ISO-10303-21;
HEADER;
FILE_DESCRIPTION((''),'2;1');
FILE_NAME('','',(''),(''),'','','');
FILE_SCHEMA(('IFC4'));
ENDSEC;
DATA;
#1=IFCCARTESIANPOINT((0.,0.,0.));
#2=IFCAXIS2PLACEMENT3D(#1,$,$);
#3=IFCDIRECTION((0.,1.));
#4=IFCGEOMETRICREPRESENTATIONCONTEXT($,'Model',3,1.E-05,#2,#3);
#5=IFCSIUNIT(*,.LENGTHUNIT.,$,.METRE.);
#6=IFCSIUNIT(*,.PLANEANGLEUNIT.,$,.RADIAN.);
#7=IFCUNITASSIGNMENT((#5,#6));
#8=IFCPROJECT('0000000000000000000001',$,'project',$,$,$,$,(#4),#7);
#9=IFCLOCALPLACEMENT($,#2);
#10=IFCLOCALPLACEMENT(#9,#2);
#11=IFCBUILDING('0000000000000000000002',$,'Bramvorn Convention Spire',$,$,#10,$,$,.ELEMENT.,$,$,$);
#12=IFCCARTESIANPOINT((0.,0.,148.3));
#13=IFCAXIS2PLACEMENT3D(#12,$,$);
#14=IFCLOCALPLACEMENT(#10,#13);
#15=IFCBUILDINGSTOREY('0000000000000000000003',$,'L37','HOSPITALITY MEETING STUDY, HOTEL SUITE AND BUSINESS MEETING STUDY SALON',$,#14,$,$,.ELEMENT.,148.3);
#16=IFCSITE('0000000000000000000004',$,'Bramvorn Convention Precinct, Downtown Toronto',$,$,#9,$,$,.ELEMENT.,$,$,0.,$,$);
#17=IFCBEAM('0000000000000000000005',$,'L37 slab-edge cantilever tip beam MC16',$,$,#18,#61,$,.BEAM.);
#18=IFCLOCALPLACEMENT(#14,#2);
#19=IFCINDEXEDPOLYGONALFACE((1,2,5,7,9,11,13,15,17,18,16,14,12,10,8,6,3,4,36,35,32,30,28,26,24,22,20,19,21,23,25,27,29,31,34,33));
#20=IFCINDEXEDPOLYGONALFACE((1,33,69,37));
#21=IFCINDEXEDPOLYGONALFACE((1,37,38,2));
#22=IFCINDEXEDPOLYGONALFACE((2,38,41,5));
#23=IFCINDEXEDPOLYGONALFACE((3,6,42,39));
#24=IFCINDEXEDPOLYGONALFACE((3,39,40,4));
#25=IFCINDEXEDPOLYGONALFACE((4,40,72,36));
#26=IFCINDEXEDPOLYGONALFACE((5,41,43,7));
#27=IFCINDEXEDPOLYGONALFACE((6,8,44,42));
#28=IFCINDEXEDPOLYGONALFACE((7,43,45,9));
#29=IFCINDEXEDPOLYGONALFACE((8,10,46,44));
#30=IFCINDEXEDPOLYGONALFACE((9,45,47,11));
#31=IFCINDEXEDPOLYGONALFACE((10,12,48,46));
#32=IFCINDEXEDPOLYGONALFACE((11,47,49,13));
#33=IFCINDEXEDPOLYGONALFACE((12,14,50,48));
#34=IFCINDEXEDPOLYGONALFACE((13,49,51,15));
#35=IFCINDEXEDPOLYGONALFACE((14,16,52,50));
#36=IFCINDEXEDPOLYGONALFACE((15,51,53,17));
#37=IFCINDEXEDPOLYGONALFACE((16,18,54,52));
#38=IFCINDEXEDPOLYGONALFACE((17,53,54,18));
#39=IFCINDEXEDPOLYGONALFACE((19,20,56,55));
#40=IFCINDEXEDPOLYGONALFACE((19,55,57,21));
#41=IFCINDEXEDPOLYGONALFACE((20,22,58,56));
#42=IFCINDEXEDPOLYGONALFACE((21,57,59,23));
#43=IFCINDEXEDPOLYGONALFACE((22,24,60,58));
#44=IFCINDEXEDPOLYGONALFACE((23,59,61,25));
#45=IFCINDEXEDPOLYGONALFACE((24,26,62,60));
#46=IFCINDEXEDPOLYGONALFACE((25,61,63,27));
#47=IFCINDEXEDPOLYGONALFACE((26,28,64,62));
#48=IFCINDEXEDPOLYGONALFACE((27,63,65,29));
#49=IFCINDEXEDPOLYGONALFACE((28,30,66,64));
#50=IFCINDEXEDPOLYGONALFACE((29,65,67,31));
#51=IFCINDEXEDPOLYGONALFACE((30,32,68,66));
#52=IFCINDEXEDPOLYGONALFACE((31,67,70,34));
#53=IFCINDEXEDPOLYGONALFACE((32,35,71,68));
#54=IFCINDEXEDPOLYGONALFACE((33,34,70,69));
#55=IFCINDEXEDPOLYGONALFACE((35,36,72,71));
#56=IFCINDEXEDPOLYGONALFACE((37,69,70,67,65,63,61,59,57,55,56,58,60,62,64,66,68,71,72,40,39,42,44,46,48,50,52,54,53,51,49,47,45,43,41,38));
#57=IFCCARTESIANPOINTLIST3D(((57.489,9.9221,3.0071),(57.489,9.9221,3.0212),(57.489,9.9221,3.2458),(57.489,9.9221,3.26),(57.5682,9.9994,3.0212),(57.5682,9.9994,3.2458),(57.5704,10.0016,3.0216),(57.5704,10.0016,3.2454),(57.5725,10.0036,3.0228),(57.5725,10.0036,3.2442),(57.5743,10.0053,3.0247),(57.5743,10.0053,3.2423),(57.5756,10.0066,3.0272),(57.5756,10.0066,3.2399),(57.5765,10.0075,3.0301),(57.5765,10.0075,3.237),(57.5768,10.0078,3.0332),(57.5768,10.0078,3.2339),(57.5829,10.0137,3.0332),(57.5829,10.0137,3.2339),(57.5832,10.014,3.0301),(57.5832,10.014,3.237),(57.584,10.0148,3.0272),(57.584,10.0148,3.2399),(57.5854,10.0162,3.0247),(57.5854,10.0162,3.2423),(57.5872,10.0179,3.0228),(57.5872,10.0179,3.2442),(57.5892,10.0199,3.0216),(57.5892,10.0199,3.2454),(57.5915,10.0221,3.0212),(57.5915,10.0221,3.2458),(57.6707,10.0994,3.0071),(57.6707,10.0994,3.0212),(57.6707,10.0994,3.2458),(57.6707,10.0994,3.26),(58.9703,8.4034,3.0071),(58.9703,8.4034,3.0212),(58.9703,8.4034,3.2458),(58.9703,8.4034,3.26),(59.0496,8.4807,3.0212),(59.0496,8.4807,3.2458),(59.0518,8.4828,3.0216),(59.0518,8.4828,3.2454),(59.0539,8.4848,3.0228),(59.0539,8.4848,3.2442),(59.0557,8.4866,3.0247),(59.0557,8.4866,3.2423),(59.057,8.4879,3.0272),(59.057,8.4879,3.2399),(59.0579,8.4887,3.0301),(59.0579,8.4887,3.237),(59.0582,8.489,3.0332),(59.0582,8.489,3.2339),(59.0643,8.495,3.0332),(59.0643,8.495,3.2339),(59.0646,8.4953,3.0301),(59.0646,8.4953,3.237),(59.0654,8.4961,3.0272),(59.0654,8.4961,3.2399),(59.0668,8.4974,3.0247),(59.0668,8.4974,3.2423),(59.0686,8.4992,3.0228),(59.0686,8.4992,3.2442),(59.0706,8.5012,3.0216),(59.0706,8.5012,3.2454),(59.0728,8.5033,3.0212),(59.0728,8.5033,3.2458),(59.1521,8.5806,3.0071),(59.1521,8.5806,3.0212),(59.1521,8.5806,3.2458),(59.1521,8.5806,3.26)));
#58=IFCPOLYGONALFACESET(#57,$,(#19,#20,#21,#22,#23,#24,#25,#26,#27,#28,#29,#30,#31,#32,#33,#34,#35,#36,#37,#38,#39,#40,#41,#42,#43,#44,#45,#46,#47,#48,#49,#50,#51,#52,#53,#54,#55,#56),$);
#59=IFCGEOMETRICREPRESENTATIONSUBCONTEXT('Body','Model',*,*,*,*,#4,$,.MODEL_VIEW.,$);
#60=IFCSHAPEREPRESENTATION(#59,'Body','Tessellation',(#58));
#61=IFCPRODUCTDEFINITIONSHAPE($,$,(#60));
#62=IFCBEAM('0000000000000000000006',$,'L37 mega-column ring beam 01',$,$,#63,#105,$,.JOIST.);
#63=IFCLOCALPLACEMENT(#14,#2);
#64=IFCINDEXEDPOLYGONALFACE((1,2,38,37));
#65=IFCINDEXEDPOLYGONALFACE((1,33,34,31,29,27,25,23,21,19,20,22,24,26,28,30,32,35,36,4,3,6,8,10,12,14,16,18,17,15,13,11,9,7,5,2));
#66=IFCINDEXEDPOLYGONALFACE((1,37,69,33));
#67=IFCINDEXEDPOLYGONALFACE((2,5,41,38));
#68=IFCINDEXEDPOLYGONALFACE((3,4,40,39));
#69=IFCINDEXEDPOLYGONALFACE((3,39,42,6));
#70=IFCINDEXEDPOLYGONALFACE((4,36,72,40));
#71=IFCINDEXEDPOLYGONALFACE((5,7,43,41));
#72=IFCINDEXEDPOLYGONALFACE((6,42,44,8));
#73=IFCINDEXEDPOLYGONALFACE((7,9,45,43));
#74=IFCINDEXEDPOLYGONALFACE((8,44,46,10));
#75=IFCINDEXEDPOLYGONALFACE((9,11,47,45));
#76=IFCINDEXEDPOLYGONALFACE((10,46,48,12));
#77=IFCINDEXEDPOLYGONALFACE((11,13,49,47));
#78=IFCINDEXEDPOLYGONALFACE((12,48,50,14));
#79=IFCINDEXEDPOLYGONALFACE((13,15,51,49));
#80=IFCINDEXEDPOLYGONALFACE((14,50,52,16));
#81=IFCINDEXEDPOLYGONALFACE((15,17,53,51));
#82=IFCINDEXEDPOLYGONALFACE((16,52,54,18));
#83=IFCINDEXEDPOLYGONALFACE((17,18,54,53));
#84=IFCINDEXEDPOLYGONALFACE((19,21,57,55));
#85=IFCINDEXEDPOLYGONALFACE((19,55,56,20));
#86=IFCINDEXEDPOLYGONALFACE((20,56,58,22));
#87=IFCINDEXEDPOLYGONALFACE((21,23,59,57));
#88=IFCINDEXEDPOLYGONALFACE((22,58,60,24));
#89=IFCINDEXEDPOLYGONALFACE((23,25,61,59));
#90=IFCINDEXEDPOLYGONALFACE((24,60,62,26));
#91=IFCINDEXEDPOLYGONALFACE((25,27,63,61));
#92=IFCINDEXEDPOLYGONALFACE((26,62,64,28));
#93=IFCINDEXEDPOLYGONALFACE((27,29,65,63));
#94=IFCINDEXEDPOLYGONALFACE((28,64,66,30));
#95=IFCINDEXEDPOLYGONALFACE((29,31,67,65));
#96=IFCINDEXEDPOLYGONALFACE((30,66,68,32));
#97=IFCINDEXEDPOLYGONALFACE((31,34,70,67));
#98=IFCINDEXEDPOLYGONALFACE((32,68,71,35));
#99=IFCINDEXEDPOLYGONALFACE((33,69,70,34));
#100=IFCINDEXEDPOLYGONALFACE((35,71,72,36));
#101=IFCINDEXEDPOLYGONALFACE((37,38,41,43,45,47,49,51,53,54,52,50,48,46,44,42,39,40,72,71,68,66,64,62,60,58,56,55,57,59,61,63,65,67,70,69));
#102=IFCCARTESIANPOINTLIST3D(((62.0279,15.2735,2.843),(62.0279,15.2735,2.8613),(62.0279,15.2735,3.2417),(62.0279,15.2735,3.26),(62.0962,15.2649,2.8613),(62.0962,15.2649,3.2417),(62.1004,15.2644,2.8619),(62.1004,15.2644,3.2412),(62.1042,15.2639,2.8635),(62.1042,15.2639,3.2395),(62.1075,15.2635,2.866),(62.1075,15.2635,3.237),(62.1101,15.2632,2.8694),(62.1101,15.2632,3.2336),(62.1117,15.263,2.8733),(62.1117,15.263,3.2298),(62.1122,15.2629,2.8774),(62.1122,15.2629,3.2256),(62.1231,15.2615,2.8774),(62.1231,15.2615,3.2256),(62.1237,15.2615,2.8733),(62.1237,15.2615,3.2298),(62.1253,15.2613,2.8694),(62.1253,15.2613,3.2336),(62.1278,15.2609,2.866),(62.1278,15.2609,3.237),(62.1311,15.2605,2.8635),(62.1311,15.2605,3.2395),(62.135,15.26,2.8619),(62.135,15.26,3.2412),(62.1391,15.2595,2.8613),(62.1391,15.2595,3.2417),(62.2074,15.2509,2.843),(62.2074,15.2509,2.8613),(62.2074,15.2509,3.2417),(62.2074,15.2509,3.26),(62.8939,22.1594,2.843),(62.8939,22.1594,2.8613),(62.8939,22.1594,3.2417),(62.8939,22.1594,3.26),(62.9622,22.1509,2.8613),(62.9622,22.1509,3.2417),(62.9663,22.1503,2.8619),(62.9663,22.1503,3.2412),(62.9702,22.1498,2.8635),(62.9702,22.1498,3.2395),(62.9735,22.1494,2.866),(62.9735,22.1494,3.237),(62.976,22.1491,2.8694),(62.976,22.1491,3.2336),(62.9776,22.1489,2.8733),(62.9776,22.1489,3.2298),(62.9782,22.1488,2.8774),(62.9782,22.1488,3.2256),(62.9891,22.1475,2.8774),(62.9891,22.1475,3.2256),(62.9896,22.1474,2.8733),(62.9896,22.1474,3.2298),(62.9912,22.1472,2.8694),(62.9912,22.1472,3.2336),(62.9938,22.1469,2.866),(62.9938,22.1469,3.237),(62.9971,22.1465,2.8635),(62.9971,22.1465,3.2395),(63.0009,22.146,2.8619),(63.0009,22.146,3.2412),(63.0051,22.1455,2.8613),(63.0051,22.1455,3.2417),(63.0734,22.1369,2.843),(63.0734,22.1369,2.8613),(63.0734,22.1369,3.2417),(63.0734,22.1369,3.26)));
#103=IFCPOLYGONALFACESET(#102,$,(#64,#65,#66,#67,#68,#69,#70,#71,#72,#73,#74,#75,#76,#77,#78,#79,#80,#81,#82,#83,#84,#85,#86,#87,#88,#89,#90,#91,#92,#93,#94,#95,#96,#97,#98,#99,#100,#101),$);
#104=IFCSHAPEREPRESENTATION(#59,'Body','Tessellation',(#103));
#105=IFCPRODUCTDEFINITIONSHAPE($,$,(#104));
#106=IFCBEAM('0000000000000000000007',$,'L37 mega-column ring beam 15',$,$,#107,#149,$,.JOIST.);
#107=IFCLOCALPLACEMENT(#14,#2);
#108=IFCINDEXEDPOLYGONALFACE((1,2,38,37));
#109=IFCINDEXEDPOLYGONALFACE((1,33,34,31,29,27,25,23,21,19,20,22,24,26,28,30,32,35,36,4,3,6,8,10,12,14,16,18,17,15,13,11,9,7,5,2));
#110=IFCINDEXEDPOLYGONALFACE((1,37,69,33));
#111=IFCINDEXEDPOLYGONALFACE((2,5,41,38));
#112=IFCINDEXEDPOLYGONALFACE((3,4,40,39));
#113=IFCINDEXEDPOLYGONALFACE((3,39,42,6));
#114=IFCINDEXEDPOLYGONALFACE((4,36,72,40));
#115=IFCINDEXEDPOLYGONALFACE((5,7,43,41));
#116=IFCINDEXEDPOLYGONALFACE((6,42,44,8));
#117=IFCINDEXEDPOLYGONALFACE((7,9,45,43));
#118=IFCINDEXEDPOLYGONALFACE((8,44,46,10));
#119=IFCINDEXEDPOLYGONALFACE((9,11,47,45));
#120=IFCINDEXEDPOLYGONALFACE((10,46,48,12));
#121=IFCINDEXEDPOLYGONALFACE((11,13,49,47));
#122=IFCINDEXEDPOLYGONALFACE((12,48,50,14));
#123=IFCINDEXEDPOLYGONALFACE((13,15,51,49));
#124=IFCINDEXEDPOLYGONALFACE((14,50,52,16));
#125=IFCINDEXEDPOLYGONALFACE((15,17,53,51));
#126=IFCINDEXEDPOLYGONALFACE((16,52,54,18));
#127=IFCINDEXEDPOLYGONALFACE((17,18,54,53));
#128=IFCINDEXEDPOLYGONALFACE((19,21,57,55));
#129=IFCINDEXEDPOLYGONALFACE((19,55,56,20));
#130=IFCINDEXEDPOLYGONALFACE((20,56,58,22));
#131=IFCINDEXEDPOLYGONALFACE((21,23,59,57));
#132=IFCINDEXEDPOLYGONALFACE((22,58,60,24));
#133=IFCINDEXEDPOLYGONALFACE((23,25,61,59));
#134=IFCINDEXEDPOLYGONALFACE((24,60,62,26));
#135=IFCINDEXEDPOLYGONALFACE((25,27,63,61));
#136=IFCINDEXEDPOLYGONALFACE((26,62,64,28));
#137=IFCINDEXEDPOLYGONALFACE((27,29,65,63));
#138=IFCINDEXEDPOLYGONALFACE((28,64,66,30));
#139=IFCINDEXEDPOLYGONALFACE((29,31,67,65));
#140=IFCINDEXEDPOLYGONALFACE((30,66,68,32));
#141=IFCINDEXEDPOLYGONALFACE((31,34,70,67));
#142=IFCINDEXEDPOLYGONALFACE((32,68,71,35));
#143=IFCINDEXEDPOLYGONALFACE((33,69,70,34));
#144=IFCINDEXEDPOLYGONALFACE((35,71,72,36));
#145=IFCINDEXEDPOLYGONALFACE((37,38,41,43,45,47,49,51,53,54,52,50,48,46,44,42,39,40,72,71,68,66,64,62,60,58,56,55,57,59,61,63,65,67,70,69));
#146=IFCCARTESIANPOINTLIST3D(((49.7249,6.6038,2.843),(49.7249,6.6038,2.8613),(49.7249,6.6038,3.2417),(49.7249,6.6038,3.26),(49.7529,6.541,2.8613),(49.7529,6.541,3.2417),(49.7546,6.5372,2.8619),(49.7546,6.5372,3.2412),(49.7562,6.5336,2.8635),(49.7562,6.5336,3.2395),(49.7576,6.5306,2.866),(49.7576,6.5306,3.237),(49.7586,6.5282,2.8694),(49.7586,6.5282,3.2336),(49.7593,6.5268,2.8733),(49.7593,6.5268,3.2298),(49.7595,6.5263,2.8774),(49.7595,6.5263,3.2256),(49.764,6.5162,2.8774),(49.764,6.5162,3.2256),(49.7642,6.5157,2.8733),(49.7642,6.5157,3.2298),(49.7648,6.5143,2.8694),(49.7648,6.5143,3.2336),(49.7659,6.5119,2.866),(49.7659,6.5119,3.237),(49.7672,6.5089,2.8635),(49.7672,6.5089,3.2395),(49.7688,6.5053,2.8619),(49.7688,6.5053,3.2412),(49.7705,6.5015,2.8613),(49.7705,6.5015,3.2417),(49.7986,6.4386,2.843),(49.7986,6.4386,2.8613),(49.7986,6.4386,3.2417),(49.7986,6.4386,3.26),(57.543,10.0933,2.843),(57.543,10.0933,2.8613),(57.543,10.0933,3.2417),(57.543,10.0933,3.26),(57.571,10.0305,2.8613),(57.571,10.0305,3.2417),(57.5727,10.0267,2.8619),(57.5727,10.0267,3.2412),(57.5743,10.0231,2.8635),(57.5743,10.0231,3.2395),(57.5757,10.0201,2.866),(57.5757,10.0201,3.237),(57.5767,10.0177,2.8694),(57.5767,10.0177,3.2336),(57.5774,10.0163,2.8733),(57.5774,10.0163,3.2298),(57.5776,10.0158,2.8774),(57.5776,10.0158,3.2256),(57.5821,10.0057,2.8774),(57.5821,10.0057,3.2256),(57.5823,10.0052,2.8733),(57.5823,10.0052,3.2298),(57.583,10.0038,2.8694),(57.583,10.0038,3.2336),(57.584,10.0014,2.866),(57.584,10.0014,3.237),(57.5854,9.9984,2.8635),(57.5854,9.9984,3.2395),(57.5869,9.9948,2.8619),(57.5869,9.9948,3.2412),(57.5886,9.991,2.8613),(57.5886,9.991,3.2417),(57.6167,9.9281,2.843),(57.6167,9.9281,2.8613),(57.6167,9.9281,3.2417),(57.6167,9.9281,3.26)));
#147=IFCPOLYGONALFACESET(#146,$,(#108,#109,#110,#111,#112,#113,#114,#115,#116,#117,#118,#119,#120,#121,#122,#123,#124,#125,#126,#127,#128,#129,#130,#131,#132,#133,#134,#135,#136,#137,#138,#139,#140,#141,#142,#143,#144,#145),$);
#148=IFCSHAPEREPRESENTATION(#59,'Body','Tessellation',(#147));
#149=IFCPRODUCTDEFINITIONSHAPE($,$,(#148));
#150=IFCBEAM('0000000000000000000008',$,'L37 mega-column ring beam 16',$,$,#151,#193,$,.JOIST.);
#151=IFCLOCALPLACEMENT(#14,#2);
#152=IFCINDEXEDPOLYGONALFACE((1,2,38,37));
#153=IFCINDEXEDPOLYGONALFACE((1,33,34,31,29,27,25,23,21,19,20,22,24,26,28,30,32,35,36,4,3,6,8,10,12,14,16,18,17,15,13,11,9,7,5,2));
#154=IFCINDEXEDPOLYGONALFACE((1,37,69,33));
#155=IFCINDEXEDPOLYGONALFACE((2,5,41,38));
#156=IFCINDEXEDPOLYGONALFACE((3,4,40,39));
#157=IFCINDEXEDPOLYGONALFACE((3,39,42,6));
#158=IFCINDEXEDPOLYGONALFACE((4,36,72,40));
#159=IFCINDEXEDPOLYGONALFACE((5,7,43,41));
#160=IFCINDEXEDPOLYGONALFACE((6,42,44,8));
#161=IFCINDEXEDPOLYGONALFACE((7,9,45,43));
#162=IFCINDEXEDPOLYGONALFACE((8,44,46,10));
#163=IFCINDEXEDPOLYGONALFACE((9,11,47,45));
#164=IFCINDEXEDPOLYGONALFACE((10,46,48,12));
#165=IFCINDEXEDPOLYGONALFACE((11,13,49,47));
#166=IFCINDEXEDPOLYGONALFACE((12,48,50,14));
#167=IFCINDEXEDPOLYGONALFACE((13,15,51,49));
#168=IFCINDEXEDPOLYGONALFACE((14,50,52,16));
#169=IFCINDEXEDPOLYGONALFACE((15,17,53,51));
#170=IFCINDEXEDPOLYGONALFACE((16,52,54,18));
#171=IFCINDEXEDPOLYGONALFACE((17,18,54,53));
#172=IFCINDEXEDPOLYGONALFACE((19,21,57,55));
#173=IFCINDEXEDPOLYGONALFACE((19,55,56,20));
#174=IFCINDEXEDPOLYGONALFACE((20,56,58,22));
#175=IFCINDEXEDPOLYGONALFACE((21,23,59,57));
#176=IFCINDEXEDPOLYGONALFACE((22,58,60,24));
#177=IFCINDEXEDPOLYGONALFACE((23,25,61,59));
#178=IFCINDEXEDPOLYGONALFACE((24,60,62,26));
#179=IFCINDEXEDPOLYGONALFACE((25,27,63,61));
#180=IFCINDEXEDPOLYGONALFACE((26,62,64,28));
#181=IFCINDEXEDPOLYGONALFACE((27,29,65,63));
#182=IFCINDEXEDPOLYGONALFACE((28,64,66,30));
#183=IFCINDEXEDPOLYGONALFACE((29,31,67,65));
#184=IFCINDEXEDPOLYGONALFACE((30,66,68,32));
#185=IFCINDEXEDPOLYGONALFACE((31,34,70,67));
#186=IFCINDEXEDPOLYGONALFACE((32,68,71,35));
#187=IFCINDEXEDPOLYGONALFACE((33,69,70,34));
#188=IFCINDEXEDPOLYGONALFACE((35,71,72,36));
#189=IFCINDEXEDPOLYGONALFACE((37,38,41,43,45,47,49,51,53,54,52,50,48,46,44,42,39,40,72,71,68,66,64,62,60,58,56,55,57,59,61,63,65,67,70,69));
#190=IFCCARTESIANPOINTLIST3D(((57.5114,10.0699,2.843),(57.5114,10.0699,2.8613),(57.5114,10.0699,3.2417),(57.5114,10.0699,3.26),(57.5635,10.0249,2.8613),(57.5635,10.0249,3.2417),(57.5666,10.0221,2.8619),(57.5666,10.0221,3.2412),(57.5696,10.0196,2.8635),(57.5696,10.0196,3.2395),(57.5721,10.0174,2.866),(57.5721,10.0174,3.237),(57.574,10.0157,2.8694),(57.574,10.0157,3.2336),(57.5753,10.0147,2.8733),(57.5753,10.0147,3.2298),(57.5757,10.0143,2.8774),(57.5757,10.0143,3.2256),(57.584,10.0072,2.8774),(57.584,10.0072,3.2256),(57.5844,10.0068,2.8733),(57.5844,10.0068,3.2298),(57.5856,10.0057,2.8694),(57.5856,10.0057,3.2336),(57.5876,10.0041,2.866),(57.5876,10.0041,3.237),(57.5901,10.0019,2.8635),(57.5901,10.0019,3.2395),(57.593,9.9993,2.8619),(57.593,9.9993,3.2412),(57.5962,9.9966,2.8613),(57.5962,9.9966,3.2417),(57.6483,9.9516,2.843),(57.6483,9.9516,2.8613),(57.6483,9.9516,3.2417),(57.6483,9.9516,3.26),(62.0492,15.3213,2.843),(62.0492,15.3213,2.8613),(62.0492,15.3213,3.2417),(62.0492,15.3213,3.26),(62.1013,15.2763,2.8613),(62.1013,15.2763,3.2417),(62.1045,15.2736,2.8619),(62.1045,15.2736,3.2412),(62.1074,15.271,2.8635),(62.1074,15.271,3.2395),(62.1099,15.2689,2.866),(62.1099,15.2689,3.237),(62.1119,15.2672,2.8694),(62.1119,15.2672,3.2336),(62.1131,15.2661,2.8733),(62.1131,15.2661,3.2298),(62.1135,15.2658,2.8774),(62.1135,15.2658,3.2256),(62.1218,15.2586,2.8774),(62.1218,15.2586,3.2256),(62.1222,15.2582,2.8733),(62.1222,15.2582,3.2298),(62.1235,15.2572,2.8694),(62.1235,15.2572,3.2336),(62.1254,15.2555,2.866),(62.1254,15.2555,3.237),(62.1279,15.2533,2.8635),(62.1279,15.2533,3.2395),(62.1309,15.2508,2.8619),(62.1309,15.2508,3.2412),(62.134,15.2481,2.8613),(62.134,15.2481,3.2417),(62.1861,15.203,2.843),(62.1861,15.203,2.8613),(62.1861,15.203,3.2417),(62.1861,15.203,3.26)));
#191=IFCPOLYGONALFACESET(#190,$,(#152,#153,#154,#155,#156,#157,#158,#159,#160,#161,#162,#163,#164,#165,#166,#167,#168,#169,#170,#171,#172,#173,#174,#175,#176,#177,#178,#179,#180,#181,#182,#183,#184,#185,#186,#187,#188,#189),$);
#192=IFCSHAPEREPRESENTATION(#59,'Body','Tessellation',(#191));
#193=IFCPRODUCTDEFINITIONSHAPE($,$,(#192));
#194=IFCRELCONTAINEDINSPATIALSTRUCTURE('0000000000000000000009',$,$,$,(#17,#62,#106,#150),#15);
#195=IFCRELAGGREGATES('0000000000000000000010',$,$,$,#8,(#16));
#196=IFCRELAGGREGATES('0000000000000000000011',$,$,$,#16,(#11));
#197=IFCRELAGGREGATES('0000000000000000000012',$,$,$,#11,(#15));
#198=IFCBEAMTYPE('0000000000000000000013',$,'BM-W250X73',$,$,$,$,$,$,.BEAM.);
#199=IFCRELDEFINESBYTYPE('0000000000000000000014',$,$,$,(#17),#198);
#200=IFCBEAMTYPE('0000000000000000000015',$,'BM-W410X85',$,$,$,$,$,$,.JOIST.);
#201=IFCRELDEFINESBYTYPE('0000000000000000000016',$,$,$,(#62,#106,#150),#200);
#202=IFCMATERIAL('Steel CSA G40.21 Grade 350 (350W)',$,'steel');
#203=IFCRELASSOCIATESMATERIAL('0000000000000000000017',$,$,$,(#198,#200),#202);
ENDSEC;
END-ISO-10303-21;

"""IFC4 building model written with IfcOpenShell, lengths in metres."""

from ifc_helpers import new_model, si_unit, direction, frame, origin, origin_2d, place, context, subcontext, project, spatial, i_section, extrude, material, material_profile, profile_set, type_object, element, save


model = new_model("IFC4")

# Units and contexts
model_context = context("Model", 3, precision=1e-05, world=origin(), true_north=direction((0.0, 1.0)))
body_context = subcontext(model_context, "Body", "Model", "MODEL_VIEW")
ifc_project = project(units=[si_unit("LENGTHUNIT", "METRE"), si_unit("PLANEANGLEUNIT", "RADIAN")], contexts=[model_context])

# Site, building, storey
site_placement = place(None, origin())
site = spatial("IfcSite", under=ifc_project, at=site_placement, Name="Bramvorn Convention Precinct, Downtown Toronto", CompositionType="ELEMENT", RefElevation=0.0)
building_placement = place(site_placement, origin())
building = spatial("IfcBuilding", under=site, at=building_placement, Name="Bramvorn Convention Spire", CompositionType="ELEMENT")
storey_placement = place(building_placement, frame((0.0, 0.0, 148.3)))
storey = spatial("IfcBuildingStorey", under=building, at=storey_placement, Name="L37", Description="HOSPITALITY MEETING STUDY, HOTEL SUITE AND BUSINESS MEETING STUDY SALON", CompositionType="ELEMENT", Elevation=148.3)

# Shared definitions
ifc_material_1 = material(Name="Steel CSA G40.21 Grade 350 (350W)", Category="steel")

# Beams
ifc_material_profile_1 = material_profile(ifc_material_1, i_section(OverallWidth=0.2539, OverallDepth=0.2529, WebThickness=0.0085, FlangeThickness=0.0142, FilletRadius=0.012, at=origin_2d()))
ifc_profile_set_1 = profile_set([ifc_material_profile_1], Name="Steel CSA G40.21 Grade 350 (350W) - W250X73")
beam_type_1 = type_object("IfcBeamType", Name="BM-W250X73", PredefinedType="BEAM", material=ifc_profile_set_1)
beam_1_placement = place(storey_placement, frame((57.5798, 10.0107, 3.1335), z_axis=(0.698249, -0.715855, 0.0), x_axis=(0.715855, 0.698249, 0.0)))
element("IfcBeam", 1, at=beam_1_placement, inside=storey, type_object=beam_type_1, Name="L37 slab-edge cantilever tip beam MC16", PredefinedType="BEAM", context=body_context, shape_type="SweptSolid", body=[
    extrude(i_section(OverallWidth=0.2539, OverallDepth=0.2529, WebThickness=0.0085, FlangeThickness=0.0142, FilletRadius=0.012, at=origin_2d()), origin(), (0.0, 0.0, 1.0), 2.1216),
])
ifc_material_profile_2 = material_profile(ifc_material_1, i_section(OverallWidth=0.1809, OverallDepth=0.417, WebThickness=0.011, FlangeThickness=0.0183, FilletRadius=0.0161, at=origin_2d()))
ifc_profile_set_2 = profile_set([ifc_material_profile_2], Name="Steel CSA G40.21 Grade 350 (350W) - W410X85")
beam_type_2 = type_object("IfcBeamType", Name="BM-W410X85", PredefinedType="JOIST", material=ifc_profile_set_2)
beam_2_placement = place(storey_placement, frame((62.1177, 15.2622, 3.0515), z_axis=(0.124775, 0.992185, 0.0), x_axis=(-0.992185, 0.124775, 0.0)))
element("IfcBeam", 2, at=beam_2_placement, inside=storey, type_object=beam_type_2, Name="L37 mega-column ring beam 01", PredefinedType="JOIST", context=body_context, shape_type="SweptSolid", body=[
    extrude(i_section(OverallWidth=0.1809, OverallDepth=0.417, WebThickness=0.011, FlangeThickness=0.0183, FilletRadius=0.0161, at=origin_2d()), origin(), (0.0, 0.0, 1.0), 6.9402),
])
beam_3_placement = place(storey_placement, frame((49.7617, 6.5212, 3.0515), z_axis=(0.91317, 0.40758, 0.0), x_axis=(-0.40758, 0.91317, 0.0)))
element("IfcBeam", 3, at=beam_3_placement, inside=storey, type_object=beam_type_2, Name="L37 mega-column ring beam 15", PredefinedType="JOIST", context=body_context, shape_type="SweptSolid", body=[
    extrude(i_section(OverallWidth=0.1809, OverallDepth=0.417, WebThickness=0.011, FlangeThickness=0.0183, FilletRadius=0.0161, at=origin_2d()), origin(), (0.0, 0.0, 1.0), 8.5615),
])
beam_4_placement = place(storey_placement, frame((57.5798, 10.0107, 3.0515), z_axis=(0.653825, 0.756646, 0.0), x_axis=(-0.756646, 0.653825, 0.0)))
element("IfcBeam", 4, at=beam_4_placement, inside=storey, type_object=beam_type_2, Name="L37 mega-column ring beam 16", PredefinedType="JOIST", context=body_context, shape_type="SweptSolid", body=[
    extrude(i_section(OverallWidth=0.1809, OverallDepth=0.417, WebThickness=0.011, FlangeThickness=0.0183, FilletRadius=0.0161, at=origin_2d()), origin(), (0.0, 0.0, 1.0), 6.9404),
])

save(model, "model.ifc")
